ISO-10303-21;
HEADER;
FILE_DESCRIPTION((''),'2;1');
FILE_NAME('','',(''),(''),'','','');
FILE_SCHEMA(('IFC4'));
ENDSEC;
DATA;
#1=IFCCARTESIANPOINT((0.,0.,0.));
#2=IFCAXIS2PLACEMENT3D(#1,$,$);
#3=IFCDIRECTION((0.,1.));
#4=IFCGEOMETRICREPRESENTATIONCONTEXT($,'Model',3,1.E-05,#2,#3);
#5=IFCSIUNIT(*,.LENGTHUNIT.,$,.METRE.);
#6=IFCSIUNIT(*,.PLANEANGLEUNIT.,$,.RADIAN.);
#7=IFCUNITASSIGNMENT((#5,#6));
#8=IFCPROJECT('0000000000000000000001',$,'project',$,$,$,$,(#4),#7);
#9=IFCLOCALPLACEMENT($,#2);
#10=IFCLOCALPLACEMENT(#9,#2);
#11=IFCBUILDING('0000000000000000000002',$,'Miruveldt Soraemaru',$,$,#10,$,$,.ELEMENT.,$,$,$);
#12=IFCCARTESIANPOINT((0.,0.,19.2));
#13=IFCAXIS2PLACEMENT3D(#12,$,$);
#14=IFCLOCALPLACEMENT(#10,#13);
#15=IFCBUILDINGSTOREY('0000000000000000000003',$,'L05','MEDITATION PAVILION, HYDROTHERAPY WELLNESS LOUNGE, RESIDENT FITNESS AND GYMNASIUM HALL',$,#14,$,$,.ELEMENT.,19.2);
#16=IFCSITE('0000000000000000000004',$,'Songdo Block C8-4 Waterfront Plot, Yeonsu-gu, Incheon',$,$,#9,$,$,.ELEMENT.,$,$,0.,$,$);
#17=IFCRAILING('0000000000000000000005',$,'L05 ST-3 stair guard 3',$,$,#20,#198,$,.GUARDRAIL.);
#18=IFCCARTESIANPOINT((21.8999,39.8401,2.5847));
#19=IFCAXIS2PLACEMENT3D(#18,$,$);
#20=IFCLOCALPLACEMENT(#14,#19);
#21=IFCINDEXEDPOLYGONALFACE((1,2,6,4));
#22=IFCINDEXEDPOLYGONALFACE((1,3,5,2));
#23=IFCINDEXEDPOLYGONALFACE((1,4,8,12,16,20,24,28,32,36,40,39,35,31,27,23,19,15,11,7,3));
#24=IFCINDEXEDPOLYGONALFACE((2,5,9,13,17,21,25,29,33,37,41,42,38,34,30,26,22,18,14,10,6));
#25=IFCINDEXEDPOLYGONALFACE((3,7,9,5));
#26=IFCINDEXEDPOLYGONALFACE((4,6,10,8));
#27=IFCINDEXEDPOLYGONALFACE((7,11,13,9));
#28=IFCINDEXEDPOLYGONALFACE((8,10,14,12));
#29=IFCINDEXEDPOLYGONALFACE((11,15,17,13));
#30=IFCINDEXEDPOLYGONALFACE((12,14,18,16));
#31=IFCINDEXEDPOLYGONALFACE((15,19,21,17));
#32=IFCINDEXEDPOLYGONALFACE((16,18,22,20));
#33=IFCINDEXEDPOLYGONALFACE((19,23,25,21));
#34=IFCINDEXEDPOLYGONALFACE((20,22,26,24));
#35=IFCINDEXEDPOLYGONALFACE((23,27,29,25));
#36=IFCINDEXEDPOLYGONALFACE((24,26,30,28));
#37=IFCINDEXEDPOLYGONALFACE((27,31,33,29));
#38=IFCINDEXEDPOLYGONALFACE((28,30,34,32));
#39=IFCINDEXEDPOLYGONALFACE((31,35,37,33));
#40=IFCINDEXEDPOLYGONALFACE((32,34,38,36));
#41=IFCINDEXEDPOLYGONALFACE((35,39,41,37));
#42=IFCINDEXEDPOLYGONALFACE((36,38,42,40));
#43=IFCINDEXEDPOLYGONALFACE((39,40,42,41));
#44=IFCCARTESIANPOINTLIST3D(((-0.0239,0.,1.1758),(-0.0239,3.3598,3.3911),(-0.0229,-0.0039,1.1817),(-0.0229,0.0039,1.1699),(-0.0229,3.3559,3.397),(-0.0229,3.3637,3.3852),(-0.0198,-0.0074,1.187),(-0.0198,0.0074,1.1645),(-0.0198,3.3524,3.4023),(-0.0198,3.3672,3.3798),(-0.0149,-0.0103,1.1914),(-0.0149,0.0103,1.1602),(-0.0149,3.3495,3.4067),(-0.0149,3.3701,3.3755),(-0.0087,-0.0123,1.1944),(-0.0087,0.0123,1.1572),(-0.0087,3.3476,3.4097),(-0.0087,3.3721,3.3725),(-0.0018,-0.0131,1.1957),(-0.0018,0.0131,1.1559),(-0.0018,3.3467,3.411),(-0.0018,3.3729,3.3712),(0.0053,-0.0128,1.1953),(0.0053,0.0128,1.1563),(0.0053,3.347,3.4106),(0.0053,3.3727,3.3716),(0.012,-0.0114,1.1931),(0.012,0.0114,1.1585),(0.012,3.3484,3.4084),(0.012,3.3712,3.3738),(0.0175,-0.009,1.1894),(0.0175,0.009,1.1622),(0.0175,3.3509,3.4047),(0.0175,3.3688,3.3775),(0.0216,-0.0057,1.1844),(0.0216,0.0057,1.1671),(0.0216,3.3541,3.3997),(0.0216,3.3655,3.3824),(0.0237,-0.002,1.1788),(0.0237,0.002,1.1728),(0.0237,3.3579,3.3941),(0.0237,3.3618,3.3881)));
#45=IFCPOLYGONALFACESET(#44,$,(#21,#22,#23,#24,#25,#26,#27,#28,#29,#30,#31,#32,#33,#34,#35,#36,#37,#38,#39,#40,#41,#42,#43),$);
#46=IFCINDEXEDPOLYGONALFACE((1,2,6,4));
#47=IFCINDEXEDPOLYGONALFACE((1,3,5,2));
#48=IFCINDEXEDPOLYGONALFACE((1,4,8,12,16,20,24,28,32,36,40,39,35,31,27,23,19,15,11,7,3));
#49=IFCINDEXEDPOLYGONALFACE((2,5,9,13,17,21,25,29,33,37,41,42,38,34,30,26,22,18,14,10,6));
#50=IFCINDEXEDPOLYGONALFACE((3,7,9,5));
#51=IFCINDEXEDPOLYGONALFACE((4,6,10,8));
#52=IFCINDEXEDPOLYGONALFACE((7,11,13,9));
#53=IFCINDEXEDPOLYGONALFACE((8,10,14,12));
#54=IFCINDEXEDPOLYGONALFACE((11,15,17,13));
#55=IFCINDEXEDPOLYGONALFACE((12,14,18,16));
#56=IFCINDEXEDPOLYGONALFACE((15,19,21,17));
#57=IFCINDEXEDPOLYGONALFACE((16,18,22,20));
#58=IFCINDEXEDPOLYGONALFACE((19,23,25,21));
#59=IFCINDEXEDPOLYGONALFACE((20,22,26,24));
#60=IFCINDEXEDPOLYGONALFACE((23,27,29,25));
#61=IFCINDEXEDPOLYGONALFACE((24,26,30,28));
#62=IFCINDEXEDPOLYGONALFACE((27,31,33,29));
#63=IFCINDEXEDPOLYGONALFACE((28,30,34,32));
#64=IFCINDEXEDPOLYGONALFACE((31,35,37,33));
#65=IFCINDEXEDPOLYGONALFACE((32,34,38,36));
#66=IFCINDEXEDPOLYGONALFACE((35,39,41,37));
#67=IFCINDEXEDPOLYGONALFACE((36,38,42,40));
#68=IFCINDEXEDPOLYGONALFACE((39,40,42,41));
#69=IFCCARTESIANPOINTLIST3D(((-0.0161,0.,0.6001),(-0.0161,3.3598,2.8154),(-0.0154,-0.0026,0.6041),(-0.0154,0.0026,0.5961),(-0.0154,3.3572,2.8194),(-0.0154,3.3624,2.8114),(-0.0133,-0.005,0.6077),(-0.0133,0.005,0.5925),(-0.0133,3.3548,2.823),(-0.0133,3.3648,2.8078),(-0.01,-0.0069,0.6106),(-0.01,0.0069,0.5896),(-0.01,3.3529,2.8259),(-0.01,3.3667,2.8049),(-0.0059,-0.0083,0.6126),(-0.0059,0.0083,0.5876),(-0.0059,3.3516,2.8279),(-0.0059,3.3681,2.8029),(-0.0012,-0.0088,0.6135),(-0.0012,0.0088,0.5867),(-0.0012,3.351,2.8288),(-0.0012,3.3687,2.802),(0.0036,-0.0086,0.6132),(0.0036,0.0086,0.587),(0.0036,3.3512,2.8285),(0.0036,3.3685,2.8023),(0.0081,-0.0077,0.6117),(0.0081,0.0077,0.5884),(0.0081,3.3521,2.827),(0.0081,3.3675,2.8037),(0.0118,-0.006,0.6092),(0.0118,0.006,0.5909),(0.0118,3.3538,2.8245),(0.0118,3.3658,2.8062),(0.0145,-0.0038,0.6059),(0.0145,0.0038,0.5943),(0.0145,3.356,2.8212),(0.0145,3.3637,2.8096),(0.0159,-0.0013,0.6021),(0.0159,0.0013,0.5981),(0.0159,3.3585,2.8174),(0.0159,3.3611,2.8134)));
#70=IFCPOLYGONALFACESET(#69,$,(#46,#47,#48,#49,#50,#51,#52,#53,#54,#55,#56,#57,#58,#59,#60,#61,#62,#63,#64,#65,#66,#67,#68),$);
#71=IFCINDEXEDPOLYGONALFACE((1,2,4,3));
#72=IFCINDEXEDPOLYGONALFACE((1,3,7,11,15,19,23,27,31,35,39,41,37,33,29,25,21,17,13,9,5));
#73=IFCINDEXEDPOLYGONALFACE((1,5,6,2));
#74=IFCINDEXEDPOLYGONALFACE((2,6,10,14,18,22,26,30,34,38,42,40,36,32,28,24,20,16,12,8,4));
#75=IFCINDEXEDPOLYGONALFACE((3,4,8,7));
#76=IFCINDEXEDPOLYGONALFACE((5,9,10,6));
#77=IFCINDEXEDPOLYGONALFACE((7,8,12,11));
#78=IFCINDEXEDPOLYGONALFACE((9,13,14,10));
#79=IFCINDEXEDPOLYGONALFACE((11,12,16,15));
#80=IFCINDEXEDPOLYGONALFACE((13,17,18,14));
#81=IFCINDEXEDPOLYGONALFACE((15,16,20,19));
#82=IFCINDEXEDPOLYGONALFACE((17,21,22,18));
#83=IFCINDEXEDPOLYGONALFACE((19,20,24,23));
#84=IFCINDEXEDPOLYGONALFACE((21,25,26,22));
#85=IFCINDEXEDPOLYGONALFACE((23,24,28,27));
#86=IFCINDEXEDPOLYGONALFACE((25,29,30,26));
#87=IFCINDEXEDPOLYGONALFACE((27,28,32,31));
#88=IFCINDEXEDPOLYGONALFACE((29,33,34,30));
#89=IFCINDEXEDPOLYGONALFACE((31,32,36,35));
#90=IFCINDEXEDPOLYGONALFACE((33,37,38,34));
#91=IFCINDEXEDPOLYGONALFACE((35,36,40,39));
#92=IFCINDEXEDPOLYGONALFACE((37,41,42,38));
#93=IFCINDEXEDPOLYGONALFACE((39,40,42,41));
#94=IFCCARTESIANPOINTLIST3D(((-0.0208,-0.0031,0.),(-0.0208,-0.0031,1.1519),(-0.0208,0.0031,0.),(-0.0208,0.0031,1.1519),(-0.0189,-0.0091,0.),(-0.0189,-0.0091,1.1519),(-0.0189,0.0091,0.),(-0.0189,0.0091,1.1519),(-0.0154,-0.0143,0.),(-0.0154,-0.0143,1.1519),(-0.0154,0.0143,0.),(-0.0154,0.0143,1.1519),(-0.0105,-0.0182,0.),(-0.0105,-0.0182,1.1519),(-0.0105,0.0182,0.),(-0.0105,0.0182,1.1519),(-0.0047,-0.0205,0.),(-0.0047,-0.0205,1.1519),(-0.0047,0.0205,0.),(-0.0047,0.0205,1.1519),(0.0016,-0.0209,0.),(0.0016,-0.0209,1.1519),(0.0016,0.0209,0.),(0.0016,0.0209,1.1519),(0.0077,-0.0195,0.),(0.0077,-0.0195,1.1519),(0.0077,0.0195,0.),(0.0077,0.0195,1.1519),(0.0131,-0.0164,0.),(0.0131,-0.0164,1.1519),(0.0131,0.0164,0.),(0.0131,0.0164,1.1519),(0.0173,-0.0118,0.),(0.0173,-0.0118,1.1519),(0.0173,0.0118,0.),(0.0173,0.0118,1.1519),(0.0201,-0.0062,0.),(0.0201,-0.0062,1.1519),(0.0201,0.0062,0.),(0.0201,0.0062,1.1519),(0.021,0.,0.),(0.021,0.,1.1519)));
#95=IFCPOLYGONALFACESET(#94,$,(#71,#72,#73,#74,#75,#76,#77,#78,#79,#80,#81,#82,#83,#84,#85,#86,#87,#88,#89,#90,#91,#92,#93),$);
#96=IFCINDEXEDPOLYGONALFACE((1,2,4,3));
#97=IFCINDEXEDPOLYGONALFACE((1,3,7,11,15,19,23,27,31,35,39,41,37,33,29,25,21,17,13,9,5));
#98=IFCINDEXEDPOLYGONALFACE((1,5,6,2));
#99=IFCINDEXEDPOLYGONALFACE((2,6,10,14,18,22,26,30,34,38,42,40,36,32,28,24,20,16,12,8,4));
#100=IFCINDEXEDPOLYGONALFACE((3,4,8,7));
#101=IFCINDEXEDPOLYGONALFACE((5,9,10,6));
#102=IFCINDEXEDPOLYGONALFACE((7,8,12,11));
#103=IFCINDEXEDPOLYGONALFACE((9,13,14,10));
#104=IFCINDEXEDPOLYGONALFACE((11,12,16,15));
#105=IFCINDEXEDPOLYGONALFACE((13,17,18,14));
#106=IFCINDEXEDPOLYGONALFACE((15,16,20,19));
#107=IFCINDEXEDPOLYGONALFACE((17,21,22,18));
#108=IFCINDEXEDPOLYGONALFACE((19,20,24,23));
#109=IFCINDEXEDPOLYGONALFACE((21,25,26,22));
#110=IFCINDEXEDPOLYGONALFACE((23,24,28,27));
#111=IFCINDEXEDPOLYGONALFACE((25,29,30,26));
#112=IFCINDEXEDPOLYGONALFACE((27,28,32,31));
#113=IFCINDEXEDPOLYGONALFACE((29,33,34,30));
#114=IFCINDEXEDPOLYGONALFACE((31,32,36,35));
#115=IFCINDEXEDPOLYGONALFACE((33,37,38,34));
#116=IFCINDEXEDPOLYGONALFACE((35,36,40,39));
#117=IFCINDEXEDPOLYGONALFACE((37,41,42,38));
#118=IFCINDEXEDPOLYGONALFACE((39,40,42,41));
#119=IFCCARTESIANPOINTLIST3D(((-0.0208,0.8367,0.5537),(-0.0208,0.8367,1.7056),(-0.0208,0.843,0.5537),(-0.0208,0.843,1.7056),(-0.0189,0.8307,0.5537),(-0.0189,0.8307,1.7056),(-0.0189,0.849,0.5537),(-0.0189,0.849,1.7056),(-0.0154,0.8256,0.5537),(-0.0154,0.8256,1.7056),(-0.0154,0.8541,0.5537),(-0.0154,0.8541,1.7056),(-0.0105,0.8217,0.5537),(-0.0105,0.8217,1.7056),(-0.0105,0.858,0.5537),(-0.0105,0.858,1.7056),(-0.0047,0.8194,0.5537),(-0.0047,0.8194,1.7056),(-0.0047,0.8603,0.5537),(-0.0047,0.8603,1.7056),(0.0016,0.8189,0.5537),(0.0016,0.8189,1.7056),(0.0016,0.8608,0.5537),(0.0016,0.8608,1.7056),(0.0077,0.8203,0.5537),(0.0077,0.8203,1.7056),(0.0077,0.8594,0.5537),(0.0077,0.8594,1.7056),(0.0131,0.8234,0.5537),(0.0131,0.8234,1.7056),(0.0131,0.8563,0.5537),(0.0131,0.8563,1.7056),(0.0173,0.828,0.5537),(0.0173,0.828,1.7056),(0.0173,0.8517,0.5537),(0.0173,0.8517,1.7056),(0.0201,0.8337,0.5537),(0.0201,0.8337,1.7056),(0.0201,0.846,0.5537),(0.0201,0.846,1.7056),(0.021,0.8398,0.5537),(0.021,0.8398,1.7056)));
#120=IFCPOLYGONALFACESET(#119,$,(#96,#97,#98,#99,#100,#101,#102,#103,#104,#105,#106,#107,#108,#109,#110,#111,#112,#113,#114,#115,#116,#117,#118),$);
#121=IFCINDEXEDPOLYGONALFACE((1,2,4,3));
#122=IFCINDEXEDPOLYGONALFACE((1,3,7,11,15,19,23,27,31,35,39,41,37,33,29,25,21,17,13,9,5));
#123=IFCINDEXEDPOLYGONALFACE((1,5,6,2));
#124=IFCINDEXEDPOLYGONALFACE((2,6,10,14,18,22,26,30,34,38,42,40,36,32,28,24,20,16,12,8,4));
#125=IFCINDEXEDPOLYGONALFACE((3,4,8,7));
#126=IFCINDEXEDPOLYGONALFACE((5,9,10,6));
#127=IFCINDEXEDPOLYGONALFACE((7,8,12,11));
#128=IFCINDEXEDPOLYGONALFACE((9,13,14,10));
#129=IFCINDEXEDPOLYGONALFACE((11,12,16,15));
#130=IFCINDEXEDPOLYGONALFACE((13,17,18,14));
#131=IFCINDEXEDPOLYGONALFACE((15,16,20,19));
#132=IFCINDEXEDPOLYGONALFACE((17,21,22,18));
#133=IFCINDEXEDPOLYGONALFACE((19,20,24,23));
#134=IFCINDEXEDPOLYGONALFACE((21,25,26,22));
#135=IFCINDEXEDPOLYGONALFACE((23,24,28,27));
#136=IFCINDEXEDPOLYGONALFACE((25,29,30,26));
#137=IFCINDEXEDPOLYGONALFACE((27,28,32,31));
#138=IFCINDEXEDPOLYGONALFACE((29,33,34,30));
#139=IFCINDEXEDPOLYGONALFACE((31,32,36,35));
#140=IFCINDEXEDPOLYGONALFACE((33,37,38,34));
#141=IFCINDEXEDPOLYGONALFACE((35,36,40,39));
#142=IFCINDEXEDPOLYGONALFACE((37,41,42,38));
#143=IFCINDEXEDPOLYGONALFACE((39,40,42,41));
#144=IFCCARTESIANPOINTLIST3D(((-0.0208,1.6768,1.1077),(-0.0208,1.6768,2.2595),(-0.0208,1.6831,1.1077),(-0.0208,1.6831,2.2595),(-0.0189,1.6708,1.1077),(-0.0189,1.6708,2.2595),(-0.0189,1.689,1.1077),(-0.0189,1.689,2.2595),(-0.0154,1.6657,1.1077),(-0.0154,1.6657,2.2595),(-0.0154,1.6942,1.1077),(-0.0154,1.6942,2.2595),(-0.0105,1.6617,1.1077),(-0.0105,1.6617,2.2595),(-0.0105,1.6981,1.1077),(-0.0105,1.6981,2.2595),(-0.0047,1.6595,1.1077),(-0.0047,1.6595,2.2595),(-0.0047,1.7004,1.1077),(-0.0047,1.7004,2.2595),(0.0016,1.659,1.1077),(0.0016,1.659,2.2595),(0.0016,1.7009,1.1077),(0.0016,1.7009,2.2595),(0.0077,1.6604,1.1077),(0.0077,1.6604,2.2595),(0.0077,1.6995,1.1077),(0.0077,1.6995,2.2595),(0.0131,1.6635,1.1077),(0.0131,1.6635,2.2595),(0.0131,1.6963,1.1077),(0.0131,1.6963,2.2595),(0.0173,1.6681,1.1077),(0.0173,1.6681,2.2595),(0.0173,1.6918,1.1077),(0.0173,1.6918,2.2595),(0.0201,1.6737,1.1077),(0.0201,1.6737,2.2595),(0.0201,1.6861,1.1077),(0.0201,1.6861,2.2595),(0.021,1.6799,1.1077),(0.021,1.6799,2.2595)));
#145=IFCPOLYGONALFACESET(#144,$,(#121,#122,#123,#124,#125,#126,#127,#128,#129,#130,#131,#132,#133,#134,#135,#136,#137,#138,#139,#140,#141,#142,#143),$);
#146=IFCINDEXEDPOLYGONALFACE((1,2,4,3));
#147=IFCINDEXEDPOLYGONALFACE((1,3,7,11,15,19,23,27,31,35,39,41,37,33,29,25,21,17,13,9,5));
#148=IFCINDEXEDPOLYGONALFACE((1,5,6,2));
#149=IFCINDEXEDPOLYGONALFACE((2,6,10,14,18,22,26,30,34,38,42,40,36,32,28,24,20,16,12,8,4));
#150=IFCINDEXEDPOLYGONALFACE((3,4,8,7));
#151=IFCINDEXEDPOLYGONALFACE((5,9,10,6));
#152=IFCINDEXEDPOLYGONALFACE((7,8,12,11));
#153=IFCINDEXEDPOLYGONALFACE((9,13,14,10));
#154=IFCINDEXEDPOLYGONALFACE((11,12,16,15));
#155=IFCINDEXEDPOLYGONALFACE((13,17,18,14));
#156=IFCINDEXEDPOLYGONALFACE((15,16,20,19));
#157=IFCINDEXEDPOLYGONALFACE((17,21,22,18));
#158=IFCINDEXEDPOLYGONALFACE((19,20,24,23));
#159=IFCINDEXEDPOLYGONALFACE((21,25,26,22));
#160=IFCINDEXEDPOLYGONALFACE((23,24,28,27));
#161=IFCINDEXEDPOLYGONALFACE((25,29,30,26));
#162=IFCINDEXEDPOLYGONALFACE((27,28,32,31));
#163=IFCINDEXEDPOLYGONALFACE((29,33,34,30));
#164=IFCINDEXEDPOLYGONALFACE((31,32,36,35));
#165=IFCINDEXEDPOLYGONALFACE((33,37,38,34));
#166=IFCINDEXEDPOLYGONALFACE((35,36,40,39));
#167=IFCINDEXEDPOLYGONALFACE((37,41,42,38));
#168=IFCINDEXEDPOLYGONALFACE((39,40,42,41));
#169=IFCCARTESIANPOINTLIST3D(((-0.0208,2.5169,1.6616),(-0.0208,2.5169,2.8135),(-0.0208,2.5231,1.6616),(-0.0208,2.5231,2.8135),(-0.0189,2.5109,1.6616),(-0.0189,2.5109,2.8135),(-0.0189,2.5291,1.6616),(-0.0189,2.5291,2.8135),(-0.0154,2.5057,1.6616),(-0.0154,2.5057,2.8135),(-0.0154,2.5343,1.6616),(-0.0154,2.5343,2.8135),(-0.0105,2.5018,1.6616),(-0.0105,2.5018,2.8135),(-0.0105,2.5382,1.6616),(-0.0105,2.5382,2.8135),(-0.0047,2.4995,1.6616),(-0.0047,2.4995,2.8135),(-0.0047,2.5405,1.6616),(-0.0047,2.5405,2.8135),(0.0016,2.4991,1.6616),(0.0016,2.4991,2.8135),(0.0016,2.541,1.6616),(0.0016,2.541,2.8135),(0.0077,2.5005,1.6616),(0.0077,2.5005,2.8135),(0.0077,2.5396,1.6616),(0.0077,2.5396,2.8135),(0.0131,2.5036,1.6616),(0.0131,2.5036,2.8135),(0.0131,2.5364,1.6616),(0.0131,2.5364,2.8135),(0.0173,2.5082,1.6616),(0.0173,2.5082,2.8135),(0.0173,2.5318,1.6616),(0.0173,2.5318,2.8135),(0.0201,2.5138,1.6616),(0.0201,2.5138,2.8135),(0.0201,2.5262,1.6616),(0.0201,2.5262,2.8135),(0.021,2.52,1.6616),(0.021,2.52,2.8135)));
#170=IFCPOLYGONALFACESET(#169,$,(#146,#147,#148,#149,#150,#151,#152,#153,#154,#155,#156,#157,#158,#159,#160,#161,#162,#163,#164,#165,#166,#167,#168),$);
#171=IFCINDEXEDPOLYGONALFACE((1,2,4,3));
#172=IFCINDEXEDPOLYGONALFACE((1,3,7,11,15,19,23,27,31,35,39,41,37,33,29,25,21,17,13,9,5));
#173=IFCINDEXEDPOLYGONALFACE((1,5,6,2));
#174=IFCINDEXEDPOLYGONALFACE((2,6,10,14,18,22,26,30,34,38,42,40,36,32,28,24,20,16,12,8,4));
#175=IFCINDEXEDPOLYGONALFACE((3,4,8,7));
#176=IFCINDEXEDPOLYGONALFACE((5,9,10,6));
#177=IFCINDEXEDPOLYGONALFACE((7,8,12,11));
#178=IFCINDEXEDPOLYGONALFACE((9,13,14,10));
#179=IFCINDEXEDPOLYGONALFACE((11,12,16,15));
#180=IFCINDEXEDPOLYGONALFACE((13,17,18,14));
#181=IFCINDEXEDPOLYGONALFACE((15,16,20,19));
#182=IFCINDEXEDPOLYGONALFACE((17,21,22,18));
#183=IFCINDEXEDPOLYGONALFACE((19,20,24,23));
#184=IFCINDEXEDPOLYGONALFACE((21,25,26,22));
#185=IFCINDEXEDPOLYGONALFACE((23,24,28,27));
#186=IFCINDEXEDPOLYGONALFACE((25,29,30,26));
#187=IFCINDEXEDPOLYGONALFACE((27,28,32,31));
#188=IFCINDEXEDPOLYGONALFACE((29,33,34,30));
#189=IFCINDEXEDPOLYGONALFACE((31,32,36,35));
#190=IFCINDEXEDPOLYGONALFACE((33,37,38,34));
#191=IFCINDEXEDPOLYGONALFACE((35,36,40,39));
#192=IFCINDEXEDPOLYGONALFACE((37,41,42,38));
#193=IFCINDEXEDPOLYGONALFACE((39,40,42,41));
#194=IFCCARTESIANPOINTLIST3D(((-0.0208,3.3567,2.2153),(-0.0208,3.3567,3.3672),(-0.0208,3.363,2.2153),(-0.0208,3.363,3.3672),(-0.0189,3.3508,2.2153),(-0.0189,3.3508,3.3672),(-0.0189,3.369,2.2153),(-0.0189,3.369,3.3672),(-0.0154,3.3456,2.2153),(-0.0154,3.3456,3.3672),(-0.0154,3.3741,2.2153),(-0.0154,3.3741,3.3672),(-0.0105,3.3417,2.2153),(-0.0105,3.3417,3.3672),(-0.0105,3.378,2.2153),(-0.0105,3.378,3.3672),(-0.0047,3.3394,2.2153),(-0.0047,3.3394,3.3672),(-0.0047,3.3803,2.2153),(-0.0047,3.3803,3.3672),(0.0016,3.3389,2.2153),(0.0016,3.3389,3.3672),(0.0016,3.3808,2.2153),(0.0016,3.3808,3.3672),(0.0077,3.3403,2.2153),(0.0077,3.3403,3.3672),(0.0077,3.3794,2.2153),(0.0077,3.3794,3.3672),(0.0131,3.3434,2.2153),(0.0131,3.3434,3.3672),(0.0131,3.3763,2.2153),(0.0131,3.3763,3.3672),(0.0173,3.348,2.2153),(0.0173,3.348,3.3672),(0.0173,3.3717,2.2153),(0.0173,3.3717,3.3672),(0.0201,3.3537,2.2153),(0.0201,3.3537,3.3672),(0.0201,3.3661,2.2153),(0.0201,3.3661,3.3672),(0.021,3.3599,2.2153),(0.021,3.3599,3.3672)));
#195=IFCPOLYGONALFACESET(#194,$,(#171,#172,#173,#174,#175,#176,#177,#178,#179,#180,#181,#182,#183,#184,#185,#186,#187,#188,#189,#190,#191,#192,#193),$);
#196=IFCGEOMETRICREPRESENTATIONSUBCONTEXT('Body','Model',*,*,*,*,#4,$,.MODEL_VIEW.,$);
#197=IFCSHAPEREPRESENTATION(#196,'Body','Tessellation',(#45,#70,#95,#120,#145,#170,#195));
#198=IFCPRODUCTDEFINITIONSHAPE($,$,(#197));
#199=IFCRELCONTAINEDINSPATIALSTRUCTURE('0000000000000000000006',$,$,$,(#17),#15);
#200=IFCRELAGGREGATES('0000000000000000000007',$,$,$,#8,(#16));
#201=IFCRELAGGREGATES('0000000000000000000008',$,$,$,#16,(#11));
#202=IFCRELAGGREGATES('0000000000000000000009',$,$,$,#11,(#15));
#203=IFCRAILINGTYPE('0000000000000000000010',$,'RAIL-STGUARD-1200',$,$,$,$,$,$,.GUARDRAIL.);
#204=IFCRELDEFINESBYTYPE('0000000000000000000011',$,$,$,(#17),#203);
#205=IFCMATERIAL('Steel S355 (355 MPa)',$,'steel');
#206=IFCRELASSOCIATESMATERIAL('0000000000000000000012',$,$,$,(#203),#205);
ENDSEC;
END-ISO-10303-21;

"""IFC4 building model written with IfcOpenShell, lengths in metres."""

from ifc_helpers import new_model, si_unit, direction, frame, origin, origin_2d, place, context, subcontext, project, spatial, circle, extrude, material, type_object, element, save


model = new_model("IFC4")

# Units and contexts
model_context = context("Model", 3, precision=1e-05, world=origin(), true_north=direction((0.0, 1.0)))
body_context = subcontext(model_context, "Body", "Model", "MODEL_VIEW")
ifc_project = project(units=[si_unit("LENGTHUNIT", "METRE"), si_unit("PLANEANGLEUNIT", "RADIAN")], contexts=[model_context])

# Site, building, storey
site_placement = place(None, origin())
site = spatial("IfcSite", under=ifc_project, at=site_placement, Name="Songdo Block C8-4 Waterfront Plot, Yeonsu-gu, Incheon", CompositionType="ELEMENT", RefElevation=0.0)
building_placement = place(site_placement, origin())
building = spatial("IfcBuilding", under=site, at=building_placement, Name="Miruveldt Soraemaru", CompositionType="ELEMENT")
storey_placement = place(building_placement, frame((0.0, 0.0, 19.2)))
storey = spatial("IfcBuildingStorey", under=building, at=storey_placement, Name="L05", Description="MEDITATION PAVILION, HYDROTHERAPY WELLNESS LOUNGE, RESIDENT FITNESS AND GYMNASIUM HALL", CompositionType="ELEMENT", Elevation=19.2)

# Railing
ifc_material_1 = material(Name="Steel S355 (355 MPa)", Category="steel")
railing_type_1 = type_object("IfcRailingType", Name="RAIL-STGUARD-1200", PredefinedType="GUARDRAIL", material=ifc_material_1)
railing_1_placement = place(storey_placement, frame((21.8999, 39.8401, 2.5847)))
element("IfcRailing", 1, at=railing_1_placement, inside=storey, type_object=railing_type_1, Name="L05 ST-3 stair guard 3", PredefinedType="GUARDRAIL", context=body_context, shape_type="SweptSolid", body=[
    extrude(circle(Radius=0.0239, at=origin_2d()), frame((0.0, 0.0, 1.1758), z_axis=(0.0, 0.834858, 0.550465), x_axis=(-1.0, 0.0, 0.0)), (0.0, 0.0, 1.0), 4.0244),
    extrude(circle(Radius=0.0161, at=origin_2d()), frame((0.0, 0.0, 0.6001), z_axis=(0.0, 0.834858, 0.550465), x_axis=(-1.0, 0.0, 0.0)), (0.0, 0.0, 1.0), 4.0244),
    extrude(circle(Radius=0.021, at=origin_2d()), origin(), (0.0, 0.0, 1.0), 1.1519),
    extrude(circle(Radius=0.021, at=origin_2d()), frame((0.0, 0.8398, 0.5537)), (0.0, 0.0, 1.0), 1.1519),
    extrude(circle(Radius=0.021, at=origin_2d()), frame((0.0, 1.6799, 1.1077)), (0.0, 0.0, 1.0), 1.1519),
    extrude(circle(Radius=0.021, at=origin_2d()), frame((0.0, 2.52, 1.6616)), (0.0, 0.0, 1.0), 1.1519),
    extrude(circle(Radius=0.021, at=origin_2d()), frame((0.0, 3.3599, 2.2153)), (0.0, 0.0, 1.0), 1.1519),
])

save(model, "model.ifc")
